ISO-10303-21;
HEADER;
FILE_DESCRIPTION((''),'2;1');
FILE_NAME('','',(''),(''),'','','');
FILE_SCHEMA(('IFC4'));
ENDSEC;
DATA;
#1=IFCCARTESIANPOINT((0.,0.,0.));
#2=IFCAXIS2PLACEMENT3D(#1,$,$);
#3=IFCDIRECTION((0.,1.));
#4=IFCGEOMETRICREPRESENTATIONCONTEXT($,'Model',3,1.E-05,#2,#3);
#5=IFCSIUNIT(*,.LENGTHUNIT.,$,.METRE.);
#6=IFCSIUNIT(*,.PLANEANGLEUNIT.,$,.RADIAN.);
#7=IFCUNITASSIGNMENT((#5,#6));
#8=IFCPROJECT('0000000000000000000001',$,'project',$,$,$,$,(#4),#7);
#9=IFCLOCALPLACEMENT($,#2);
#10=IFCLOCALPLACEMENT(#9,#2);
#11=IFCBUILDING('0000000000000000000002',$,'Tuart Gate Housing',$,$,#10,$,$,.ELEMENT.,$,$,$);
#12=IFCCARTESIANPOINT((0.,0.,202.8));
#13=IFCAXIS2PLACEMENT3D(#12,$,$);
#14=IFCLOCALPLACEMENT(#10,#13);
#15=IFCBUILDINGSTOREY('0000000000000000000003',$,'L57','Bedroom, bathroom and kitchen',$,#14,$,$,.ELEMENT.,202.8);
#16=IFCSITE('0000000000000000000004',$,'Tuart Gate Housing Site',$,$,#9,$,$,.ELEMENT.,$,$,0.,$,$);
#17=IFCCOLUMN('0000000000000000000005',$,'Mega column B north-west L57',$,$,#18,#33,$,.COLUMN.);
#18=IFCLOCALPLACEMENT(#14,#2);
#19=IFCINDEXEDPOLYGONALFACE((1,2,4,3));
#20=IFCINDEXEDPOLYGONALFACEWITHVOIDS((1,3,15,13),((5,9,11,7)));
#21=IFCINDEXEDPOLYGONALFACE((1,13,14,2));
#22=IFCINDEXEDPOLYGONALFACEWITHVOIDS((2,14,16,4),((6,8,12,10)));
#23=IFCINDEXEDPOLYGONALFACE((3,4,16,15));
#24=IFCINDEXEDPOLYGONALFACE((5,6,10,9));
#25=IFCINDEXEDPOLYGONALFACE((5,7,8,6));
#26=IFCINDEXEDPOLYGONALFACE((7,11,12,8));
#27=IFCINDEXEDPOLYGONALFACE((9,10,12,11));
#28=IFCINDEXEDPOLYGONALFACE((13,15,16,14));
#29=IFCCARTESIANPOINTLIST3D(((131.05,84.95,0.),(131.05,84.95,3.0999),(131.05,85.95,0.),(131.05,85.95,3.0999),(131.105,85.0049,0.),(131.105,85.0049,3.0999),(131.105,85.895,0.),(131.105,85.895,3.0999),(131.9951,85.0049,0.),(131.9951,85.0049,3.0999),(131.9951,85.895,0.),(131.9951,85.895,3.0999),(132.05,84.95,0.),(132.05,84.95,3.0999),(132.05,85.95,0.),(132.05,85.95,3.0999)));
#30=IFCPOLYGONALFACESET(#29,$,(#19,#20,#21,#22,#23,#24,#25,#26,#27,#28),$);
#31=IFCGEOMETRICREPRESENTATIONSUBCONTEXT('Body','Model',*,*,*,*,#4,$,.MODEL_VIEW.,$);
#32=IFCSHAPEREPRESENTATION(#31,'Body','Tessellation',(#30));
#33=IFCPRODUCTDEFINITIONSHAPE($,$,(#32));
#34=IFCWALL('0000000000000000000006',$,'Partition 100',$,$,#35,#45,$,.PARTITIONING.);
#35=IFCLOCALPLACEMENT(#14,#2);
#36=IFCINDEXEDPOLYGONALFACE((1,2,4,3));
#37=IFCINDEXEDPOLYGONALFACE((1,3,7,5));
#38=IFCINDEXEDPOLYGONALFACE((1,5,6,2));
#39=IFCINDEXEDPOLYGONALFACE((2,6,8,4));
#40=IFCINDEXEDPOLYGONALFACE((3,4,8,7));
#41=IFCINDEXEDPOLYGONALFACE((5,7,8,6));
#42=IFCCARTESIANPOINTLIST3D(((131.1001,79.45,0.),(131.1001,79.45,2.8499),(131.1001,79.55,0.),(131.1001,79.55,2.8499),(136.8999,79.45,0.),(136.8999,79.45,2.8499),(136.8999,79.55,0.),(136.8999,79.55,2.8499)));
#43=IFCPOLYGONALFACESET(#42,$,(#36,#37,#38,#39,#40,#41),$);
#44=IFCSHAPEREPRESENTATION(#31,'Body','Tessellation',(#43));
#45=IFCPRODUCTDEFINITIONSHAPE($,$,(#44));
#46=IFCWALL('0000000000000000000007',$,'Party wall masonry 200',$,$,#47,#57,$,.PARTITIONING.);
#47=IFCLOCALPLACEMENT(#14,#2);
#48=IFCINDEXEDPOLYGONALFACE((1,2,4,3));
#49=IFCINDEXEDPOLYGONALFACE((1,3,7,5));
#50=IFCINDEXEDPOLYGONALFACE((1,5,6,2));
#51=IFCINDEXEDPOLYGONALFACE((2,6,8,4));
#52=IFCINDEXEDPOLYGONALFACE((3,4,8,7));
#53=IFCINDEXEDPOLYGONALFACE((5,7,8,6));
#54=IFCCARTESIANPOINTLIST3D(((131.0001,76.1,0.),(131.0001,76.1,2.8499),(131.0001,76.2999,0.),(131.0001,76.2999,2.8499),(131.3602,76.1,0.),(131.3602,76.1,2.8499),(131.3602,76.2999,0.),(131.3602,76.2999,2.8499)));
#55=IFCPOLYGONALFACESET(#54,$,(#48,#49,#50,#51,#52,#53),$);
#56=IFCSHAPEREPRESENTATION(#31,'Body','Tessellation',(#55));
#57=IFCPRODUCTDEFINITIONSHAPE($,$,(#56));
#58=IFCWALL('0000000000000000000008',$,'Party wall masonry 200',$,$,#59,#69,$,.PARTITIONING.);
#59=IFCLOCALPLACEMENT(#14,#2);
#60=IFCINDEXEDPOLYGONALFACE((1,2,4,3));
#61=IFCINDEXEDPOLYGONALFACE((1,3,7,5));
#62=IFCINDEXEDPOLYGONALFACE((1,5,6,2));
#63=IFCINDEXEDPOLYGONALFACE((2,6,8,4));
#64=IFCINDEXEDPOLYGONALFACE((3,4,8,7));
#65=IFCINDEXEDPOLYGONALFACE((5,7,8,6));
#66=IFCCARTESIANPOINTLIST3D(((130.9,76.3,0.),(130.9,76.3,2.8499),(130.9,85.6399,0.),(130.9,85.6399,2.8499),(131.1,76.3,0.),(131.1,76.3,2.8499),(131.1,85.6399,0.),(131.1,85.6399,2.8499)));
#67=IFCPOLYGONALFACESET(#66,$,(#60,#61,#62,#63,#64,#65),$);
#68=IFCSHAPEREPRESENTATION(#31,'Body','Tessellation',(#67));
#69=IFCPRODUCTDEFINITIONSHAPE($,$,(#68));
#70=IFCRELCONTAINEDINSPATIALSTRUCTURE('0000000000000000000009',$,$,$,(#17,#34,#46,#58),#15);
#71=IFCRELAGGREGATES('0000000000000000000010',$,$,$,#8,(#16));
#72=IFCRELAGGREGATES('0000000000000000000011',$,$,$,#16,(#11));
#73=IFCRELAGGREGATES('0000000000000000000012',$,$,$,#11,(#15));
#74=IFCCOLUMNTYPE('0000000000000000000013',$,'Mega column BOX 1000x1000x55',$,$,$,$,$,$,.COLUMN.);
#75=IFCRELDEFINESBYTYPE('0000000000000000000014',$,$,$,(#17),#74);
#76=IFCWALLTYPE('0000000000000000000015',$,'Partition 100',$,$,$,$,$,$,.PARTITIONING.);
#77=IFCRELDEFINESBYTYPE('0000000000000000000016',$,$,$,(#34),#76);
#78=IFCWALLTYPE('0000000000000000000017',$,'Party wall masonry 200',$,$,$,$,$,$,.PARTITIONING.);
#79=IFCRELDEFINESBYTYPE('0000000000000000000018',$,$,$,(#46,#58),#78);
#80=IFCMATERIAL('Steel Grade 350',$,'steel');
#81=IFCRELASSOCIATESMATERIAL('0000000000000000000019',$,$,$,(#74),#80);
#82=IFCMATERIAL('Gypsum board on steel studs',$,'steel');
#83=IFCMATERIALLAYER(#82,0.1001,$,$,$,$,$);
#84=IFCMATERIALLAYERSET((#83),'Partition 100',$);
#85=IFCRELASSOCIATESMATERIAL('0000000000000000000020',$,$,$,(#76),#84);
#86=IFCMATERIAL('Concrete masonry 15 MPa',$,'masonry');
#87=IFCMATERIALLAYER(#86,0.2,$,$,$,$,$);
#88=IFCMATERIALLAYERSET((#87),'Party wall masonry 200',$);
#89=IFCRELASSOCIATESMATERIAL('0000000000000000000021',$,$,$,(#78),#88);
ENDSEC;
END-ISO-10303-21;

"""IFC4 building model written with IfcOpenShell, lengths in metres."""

from ifc_helpers import new_model, si_unit, direction, frame, frame_2d, origin, origin_2d, place, context, subcontext, project, spatial, rectangle, hollow_rectangle, extrude, material, layer, layer_set, material_profile, profile_set, type_object, element, save


model = new_model("IFC4")

# Units and contexts
model_context = context("Model", 3, precision=1e-05, world=origin(), true_north=direction((0.0, 1.0)))
body_context = subcontext(model_context, "Body", "Model", "MODEL_VIEW")
ifc_project = project(units=[si_unit("LENGTHUNIT", "METRE"), si_unit("PLANEANGLEUNIT", "RADIAN")], contexts=[model_context])

# Site, building, storey
site_placement = place(None, origin())
site = spatial("IfcSite", under=ifc_project, at=site_placement, Name="Tuart Gate Housing Site", CompositionType="ELEMENT", RefElevation=0.0)
building_placement = place(site_placement, origin())
building = spatial("IfcBuilding", under=site, at=building_placement, Name="Tuart Gate Housing", CompositionType="ELEMENT")
storey_placement = place(building_placement, frame((0.0, 0.0, 202.8)))
storey = spatial("IfcBuildingStorey", under=building, at=storey_placement, Name="L57", Description="Bedroom, bathroom and kitchen", CompositionType="ELEMENT", Elevation=202.8)

# Column
ifc_material_1 = material(Name="Steel Grade 350", Category="steel")
ifc_material_profile = material_profile(ifc_material_1, hollow_rectangle(XDim=1.0, YDim=1.0, WallThickness=0.0549, at=origin_2d()), Name="BOX 1000x1000x55")
ifc_profile_set = profile_set([ifc_material_profile], Name="Steel Grade 350")
column_type = type_object("IfcColumnType", Name="Mega column BOX 1000x1000x55", PredefinedType="COLUMN", material=ifc_profile_set)
column_placement = place(storey_placement, frame((131.55, 85.45, 0.0), z_axis=(0.0, 0.0, 1.0), x_axis=(1.0, 0.0, 0.0)))
element("IfcColumn", 1, at=column_placement, inside=storey, type_object=column_type, Name="Mega column B north-west L57", PredefinedType="COLUMN", context=body_context, shape_type="SweptSolid", body=[
    extrude(hollow_rectangle(XDim=1.0, YDim=1.0, WallThickness=0.0549, at=origin_2d()), origin(), (0.0, 0.0, 1.0), 3.0999),
])

# Walls
ifc_material_2 = material(Name="Gypsum board on steel studs", Category="steel")
ifc_layer_1 = layer(ifc_material_2, 0.1001)
ifc_layer_set_1 = layer_set([ifc_layer_1], Name="Partition 100")
wall_type_1 = type_object("IfcWallType", Name="Partition 100", PredefinedType="PARTITIONING", material=ifc_layer_set_1)
wall_1_placement = place(storey_placement, frame((131.1001, 79.5, 0.0), z_axis=(0.0, 0.0, 1.0), x_axis=(1.0, 0.0, 0.0)))
element("IfcWall", 2, at=wall_1_placement, inside=storey, type_object=wall_type_1, Name="Partition 100", PredefinedType="PARTITIONING", context=body_context, shape_type="SweptSolid", body=[
    extrude(rectangle(XDim=5.7998, YDim=0.1001, at=frame_2d((2.8999, 0.0))), origin(), (0.0, 0.0, 1.0), 2.8499),
])
ifc_material_3 = material(Name="Concrete masonry 15 MPa", Category="masonry")
ifc_layer_2 = layer(ifc_material_3, 0.2)
ifc_layer_set_2 = layer_set([ifc_layer_2], Name="Party wall masonry 200")
wall_type_2 = type_object("IfcWallType", Name="Party wall masonry 200", PredefinedType="PARTITIONING", material=ifc_layer_set_2)
wall_2_placement = place(storey_placement, frame((131.0, 76.2, 0.0), z_axis=(0.0, 0.0, 1.0), x_axis=(1.0, 0.0, 0.0)))
element("IfcWall", 3, at=wall_2_placement, inside=storey, type_object=wall_type_2, Name="Party wall masonry 200", PredefinedType="PARTITIONING", context=body_context, shape_type="SweptSolid", body=[
    extrude(rectangle(XDim=0.3601, YDim=0.2, at=frame_2d((0.1802, 0.0))), origin(), (0.0, 0.0, 1.0), 2.8499),
])
wall_3_placement = place(storey_placement, frame((131.0, 76.3, 0.0), z_axis=(0.0, 0.0, 1.0), x_axis=(0.0, 1.0, 0.0)))
element("IfcWall", 4, at=wall_3_placement, inside=storey, type_object=wall_type_2, Name="Party wall masonry 200", PredefinedType="PARTITIONING", context=body_context, shape_type="SweptSolid", body=[
    extrude(rectangle(XDim=9.3398, YDim=0.2, at=frame_2d((4.6699, 0.0))), origin(), (0.0, 0.0, 1.0), 2.8499),
])

save(model, "model.ifc")
